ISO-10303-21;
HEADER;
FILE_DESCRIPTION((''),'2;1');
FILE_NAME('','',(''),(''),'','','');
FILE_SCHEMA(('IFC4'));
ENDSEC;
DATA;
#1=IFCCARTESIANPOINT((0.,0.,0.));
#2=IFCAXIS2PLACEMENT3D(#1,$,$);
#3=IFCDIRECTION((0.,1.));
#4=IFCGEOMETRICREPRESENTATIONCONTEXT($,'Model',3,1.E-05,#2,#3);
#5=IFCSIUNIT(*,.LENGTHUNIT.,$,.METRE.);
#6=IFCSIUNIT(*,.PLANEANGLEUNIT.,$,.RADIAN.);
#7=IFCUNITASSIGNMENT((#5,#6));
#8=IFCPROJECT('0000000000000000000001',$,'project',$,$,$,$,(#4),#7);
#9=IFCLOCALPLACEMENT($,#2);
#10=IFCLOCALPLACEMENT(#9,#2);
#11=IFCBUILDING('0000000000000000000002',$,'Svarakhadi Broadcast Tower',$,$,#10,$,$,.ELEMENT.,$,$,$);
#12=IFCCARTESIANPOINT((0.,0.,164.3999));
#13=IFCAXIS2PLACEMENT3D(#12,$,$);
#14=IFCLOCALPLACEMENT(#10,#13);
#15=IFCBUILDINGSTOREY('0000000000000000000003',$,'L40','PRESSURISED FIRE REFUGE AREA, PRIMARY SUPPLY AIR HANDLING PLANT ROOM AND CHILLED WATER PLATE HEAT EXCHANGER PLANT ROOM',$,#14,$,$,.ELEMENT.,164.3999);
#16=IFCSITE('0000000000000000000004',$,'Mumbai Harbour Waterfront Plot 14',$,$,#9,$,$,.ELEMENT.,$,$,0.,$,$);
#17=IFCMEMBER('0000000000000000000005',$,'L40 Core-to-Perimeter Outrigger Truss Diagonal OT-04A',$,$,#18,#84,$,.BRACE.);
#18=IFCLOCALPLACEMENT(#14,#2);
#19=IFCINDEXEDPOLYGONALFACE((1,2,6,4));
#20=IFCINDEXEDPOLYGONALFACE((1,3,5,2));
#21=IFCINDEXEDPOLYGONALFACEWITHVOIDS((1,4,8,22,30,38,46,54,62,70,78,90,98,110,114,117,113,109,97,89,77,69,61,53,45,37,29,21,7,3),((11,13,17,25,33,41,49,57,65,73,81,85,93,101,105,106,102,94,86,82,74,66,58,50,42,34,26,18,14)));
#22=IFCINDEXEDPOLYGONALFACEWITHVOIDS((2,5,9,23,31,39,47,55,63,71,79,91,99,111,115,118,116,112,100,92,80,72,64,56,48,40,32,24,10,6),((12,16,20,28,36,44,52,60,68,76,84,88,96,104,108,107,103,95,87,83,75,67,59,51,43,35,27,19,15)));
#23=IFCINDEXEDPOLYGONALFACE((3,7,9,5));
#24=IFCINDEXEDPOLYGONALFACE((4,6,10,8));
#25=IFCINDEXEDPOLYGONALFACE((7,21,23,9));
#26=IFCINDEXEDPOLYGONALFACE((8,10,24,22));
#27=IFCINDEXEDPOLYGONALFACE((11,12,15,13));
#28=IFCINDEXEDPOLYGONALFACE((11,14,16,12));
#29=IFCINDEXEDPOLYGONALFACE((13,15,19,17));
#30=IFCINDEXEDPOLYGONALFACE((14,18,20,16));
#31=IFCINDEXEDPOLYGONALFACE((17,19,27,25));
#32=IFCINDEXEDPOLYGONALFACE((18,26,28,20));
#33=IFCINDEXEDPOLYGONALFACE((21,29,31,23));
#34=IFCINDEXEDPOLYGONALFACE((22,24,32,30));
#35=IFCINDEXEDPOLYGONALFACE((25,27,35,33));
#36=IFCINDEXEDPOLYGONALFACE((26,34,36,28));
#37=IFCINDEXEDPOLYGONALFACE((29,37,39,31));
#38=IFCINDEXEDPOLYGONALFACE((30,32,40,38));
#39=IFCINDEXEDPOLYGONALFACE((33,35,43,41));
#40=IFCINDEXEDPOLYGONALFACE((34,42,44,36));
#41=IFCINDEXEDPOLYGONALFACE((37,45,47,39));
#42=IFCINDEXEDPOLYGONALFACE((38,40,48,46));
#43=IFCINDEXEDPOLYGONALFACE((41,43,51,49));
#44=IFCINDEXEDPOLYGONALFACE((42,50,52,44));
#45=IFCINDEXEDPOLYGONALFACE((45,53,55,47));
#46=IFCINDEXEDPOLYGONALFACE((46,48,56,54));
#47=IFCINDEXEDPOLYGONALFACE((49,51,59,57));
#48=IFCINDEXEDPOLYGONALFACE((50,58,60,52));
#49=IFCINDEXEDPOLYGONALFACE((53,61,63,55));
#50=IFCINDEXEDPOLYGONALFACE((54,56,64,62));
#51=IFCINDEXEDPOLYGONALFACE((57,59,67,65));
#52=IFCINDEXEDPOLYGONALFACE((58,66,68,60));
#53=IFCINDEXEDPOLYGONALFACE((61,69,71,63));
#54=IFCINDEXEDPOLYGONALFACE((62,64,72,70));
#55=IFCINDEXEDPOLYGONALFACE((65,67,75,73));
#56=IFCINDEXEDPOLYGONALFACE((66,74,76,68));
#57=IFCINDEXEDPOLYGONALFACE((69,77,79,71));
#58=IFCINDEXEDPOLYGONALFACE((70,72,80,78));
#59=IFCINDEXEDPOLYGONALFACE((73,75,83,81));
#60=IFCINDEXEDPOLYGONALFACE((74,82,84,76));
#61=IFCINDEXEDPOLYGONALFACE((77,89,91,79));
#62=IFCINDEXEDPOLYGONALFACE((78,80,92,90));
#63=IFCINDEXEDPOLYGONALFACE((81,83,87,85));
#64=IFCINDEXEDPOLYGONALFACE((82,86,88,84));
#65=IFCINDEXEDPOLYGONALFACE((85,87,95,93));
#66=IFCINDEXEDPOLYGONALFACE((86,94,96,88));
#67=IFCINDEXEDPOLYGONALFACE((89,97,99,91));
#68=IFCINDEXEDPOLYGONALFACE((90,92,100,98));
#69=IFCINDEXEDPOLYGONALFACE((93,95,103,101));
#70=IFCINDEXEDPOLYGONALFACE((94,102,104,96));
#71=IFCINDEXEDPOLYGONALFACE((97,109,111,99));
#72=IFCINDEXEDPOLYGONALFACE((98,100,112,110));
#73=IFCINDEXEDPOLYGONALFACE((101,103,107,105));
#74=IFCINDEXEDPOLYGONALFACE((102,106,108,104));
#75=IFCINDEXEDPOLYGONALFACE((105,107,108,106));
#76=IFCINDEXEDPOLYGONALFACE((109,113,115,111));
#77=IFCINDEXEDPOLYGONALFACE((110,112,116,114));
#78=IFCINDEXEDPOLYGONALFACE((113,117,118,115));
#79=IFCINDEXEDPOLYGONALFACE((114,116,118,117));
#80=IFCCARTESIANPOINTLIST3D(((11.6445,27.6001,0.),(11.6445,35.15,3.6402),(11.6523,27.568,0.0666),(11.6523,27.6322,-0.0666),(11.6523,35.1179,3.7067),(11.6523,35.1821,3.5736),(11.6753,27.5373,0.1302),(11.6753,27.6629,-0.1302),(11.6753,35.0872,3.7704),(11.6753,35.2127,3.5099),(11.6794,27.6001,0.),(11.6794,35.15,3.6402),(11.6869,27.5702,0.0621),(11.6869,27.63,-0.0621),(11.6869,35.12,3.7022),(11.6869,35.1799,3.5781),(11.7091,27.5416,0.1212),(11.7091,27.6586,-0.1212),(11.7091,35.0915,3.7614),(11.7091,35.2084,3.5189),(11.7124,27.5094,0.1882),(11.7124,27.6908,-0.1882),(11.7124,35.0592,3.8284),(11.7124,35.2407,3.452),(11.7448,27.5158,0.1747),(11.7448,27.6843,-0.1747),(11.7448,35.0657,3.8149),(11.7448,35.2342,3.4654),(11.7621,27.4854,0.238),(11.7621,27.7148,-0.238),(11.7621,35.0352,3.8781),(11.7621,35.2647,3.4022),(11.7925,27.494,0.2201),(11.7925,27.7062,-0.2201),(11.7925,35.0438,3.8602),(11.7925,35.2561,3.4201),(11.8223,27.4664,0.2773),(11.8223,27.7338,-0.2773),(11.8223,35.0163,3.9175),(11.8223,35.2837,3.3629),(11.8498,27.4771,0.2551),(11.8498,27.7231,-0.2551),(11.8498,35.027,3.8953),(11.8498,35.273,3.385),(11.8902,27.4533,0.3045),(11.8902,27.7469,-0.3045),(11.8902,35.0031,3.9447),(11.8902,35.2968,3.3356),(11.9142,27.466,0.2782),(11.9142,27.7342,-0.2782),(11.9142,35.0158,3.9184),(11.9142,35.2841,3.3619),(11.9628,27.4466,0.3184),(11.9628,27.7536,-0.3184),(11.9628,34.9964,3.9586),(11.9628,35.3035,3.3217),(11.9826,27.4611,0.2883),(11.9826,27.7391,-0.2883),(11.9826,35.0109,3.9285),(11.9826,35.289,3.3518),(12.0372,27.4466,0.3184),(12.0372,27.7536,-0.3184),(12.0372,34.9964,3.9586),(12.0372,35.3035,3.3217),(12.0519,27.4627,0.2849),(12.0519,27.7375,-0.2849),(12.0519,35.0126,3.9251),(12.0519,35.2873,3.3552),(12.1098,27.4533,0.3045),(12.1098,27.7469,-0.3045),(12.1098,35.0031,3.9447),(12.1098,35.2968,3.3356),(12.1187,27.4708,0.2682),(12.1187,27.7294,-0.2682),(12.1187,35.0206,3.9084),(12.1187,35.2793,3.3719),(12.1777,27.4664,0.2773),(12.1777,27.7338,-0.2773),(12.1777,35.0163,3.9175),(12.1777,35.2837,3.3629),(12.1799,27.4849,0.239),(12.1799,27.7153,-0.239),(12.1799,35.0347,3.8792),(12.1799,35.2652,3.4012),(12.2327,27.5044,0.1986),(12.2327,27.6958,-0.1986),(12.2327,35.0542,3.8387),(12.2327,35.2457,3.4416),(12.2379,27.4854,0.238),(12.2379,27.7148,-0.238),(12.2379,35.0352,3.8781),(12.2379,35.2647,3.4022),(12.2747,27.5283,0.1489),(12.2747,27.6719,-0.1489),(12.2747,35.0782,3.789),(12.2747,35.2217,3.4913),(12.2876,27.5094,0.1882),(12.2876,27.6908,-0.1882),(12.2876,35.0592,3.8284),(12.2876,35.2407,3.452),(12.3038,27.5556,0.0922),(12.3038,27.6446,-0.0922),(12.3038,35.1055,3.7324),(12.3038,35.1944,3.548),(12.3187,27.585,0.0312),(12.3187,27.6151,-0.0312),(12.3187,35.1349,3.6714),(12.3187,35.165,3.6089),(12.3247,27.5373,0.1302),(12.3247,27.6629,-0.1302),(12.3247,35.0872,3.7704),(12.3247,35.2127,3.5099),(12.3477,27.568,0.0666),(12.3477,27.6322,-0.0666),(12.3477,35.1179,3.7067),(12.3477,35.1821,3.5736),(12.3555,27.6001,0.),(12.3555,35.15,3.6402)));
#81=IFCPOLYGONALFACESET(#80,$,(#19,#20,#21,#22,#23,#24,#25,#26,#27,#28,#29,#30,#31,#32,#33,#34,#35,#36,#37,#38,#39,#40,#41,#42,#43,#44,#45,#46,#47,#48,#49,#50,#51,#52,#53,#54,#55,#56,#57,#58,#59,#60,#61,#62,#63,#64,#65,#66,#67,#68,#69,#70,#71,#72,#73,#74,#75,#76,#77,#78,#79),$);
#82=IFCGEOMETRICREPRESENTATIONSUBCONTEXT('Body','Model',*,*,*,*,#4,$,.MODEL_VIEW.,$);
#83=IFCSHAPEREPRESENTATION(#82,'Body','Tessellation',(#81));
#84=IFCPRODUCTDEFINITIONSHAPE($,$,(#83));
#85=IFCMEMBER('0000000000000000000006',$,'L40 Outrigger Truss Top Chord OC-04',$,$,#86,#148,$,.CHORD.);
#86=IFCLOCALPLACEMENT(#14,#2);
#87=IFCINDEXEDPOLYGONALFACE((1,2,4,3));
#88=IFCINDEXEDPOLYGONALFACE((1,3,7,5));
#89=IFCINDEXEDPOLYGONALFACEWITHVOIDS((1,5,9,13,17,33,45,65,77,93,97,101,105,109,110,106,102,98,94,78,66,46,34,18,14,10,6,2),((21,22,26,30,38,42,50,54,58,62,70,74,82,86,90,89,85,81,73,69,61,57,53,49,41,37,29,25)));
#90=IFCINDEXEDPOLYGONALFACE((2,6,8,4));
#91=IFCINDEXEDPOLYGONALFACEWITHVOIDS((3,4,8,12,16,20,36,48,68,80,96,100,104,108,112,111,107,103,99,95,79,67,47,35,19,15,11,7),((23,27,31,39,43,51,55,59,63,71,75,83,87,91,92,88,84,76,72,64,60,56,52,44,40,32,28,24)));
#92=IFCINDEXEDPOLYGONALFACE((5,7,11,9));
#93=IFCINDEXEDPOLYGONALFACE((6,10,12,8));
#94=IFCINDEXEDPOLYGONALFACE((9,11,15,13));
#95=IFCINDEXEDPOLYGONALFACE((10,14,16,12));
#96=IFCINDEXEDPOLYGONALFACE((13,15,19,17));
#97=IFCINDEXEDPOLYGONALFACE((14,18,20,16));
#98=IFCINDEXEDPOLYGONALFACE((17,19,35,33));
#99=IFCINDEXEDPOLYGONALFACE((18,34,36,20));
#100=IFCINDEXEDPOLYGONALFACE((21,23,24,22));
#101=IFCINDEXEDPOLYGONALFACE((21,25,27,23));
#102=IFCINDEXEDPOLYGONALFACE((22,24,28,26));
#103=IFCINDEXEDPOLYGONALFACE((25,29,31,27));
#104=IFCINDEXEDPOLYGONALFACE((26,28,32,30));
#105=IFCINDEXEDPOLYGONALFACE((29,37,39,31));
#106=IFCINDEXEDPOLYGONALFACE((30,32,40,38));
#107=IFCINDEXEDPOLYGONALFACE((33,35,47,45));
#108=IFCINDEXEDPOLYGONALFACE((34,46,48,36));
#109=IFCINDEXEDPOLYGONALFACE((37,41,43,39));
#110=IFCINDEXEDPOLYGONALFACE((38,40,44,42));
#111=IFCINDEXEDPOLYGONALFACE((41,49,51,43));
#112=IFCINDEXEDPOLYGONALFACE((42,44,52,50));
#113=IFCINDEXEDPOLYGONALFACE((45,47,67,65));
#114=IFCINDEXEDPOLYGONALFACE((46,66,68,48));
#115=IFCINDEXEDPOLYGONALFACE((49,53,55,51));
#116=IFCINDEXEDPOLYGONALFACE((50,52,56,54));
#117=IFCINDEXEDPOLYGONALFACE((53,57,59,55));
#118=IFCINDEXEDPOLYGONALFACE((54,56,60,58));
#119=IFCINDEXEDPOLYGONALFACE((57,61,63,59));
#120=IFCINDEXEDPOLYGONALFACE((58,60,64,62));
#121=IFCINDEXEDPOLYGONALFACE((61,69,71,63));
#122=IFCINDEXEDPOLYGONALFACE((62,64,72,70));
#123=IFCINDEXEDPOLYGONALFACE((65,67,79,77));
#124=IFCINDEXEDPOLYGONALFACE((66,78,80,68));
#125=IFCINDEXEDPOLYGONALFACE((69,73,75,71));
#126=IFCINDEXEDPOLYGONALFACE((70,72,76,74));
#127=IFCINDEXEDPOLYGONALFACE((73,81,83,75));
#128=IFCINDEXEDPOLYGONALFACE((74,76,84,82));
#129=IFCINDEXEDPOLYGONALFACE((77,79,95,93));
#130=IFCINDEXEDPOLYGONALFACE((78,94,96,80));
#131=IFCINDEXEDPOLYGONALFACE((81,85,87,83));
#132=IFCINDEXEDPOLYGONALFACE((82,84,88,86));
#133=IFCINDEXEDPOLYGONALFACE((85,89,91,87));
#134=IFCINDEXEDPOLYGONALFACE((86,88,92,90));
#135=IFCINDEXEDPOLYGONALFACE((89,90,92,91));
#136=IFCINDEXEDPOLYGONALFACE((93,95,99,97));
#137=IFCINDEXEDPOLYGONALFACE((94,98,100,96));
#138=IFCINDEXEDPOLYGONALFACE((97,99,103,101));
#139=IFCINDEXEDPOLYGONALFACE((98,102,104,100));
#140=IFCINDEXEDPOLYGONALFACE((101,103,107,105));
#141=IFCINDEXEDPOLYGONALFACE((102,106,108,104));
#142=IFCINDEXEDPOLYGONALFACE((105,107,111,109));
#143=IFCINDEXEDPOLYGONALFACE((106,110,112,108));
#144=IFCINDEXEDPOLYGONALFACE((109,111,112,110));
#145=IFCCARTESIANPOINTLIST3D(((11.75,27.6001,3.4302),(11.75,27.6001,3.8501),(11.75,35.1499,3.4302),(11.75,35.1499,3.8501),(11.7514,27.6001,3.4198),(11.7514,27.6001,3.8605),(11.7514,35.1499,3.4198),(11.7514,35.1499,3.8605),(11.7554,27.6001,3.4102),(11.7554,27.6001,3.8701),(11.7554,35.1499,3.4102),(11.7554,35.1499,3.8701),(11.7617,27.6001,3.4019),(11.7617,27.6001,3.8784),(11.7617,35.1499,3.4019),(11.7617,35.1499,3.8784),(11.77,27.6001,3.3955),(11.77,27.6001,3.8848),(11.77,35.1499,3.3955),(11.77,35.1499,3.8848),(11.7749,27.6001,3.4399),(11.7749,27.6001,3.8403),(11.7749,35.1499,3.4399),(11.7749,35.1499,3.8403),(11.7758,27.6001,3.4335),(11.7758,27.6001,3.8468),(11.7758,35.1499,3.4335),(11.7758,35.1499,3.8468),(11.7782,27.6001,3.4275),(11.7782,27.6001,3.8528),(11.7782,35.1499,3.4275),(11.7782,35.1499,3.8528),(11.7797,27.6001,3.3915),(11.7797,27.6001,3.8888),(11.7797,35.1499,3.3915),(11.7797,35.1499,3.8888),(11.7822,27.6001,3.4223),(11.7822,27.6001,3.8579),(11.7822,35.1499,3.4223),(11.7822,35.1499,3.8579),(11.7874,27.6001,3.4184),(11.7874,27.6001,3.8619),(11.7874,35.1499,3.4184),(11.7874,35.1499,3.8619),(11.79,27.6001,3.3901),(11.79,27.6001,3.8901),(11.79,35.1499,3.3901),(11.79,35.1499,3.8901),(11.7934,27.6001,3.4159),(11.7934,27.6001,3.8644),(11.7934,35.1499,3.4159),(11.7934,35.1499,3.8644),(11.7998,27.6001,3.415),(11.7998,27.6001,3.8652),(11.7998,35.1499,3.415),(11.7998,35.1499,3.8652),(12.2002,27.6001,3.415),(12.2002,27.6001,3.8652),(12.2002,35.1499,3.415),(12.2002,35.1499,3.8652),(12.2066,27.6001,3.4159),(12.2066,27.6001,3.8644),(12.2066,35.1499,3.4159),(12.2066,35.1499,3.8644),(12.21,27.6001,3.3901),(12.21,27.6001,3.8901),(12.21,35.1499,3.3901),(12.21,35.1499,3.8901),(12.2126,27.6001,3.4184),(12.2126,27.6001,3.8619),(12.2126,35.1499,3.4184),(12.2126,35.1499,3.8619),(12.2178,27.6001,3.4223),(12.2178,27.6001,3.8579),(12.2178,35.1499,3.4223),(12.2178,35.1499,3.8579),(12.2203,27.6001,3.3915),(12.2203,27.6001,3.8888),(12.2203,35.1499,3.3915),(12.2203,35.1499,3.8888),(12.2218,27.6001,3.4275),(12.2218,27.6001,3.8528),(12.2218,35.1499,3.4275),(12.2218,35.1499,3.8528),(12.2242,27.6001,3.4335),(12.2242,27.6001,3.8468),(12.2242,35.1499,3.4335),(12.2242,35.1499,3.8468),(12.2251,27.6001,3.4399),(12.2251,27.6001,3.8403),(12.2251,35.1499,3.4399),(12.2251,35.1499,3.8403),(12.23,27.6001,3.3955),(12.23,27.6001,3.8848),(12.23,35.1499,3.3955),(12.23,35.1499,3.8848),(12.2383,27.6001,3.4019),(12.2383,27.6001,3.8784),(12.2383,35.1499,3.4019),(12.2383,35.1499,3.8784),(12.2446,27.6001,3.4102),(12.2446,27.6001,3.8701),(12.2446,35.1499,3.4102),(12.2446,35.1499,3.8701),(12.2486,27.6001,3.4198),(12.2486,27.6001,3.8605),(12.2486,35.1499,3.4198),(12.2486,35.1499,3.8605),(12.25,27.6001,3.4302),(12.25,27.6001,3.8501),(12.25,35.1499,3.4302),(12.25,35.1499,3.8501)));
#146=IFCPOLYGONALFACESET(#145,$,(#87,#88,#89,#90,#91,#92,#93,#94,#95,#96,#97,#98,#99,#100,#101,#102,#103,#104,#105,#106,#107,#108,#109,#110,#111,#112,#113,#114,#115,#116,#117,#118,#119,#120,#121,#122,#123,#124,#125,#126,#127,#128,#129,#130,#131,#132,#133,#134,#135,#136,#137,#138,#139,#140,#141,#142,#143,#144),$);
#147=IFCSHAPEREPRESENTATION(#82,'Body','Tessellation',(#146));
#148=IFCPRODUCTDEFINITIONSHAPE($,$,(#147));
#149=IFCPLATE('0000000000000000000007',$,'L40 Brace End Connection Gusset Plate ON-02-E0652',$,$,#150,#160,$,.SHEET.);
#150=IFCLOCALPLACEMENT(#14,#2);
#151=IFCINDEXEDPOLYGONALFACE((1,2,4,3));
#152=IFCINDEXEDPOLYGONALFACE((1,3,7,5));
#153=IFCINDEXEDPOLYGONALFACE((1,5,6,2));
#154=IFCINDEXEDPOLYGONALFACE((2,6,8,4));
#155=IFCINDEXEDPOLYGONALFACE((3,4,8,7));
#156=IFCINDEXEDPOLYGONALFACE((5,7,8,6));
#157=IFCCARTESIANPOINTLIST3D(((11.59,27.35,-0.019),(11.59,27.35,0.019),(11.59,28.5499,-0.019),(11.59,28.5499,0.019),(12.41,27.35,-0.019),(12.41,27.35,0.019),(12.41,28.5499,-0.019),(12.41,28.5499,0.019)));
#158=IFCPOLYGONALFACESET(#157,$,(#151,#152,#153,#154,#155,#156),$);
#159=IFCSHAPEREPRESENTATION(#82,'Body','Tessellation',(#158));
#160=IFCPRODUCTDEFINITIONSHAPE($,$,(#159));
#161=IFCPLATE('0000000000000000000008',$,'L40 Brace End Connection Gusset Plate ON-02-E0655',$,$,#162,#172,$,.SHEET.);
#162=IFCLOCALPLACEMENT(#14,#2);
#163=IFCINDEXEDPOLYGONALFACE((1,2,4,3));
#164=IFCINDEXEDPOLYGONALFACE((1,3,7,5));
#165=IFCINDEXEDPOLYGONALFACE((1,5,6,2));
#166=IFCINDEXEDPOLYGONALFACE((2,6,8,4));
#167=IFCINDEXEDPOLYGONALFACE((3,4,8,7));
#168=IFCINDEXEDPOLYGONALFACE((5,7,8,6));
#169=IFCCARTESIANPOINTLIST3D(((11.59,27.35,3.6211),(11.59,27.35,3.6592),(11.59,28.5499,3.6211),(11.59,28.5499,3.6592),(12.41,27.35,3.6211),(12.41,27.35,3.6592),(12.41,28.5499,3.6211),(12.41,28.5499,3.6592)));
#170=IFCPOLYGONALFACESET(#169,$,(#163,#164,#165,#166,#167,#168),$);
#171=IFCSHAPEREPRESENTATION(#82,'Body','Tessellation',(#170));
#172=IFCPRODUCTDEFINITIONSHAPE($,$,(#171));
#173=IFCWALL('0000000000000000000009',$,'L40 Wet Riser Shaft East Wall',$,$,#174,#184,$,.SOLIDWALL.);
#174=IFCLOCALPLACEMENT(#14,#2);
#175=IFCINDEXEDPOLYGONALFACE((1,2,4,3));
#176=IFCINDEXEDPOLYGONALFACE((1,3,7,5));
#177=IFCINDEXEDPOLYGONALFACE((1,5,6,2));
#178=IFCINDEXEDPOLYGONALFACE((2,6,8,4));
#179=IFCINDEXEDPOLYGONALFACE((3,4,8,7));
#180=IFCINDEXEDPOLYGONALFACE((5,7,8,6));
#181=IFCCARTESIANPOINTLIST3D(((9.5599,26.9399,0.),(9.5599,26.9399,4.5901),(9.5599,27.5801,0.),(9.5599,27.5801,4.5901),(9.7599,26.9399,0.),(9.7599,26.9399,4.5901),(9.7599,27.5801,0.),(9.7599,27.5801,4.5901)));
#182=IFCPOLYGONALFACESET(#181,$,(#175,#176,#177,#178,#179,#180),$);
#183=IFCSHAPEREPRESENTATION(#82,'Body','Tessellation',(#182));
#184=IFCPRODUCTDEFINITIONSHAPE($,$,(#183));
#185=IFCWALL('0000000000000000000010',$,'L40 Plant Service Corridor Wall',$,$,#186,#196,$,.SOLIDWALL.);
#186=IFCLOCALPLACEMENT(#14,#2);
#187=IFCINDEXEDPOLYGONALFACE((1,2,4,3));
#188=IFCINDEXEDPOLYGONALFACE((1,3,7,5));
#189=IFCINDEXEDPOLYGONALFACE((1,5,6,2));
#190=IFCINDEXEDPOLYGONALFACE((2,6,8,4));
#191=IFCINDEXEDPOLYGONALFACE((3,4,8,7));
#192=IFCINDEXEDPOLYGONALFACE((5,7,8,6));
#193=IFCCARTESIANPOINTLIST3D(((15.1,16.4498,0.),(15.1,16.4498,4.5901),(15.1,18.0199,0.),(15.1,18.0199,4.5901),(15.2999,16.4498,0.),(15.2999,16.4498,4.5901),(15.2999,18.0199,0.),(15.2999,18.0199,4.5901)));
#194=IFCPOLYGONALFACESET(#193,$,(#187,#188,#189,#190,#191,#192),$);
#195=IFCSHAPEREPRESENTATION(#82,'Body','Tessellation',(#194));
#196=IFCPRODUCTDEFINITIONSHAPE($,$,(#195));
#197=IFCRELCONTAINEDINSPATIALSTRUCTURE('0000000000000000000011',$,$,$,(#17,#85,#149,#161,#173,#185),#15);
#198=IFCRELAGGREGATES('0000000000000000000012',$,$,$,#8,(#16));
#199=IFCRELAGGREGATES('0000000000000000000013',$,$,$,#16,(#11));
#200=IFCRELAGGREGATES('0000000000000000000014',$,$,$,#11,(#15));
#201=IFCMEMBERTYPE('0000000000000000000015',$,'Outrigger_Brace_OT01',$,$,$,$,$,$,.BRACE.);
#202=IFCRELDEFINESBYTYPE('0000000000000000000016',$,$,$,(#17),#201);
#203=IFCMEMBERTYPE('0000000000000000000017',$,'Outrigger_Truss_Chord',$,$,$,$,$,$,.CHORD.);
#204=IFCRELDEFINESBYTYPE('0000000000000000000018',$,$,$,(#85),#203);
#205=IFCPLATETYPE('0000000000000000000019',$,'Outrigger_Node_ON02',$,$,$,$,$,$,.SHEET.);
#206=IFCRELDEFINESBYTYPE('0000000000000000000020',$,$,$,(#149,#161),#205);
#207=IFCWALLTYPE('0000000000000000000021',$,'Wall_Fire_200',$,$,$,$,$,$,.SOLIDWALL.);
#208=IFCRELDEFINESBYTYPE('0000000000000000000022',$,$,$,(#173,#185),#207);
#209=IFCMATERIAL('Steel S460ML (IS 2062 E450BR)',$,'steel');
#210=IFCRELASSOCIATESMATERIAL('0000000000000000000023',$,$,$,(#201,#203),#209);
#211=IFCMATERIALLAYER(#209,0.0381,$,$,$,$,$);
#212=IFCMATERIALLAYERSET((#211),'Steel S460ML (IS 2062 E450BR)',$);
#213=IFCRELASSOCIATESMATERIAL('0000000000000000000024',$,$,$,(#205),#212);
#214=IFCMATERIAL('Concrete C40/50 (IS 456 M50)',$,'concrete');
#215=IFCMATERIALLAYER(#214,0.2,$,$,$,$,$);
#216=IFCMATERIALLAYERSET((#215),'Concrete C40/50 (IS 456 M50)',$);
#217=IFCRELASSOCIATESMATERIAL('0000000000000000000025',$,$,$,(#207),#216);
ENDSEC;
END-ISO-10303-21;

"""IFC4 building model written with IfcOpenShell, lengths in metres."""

from ifc_helpers import new_model, si_unit, direction, frame, frame_2d, origin, origin_2d, place, context, subcontext, project, spatial, rectangle, hollow_rectangle, hollow_circle, extrude, material, layer, layer_set, material_profile, profile_set, type_object, element, save


model = new_model("IFC4")

# Units and contexts
model_context = context("Model", 3, precision=1e-05, world=origin(), true_north=direction((0.0, 1.0)))
body_context = subcontext(model_context, "Body", "Model", "MODEL_VIEW")
ifc_project = project(units=[si_unit("LENGTHUNIT", "METRE"), si_unit("PLANEANGLEUNIT", "RADIAN")], contexts=[model_context])

# Site, building, storey
site_placement = place(None, origin())
site = spatial("IfcSite", under=ifc_project, at=site_placement, Name="Mumbai Harbour Waterfront Plot 14", CompositionType="ELEMENT", RefElevation=0.0)
building_placement = place(site_placement, origin())
building = spatial("IfcBuilding", under=site, at=building_placement, Name="Svarakhadi Broadcast Tower", CompositionType="ELEMENT")
storey_placement = place(building_placement, frame((0.0, 0.0, 164.3999)))
storey = spatial("IfcBuildingStorey", under=building, at=storey_placement, Name="L40", Description="PRESSURISED FIRE REFUGE AREA, PRIMARY SUPPLY AIR HANDLING PLANT ROOM AND CHILLED WATER PLATE HEAT EXCHANGER PLANT ROOM", CompositionType="ELEMENT", Elevation=164.3999)

# Members
ifc_material_1 = material(Name="Steel S460ML (IS 2062 E450BR)", Category="steel")
ifc_material_profile_1 = material_profile(ifc_material_1, hollow_circle(Radius=0.3555, WallThickness=0.0349, at=origin_2d()), Name="CHS 711x35")
ifc_profile_set_1 = profile_set([ifc_material_profile_1], Name="Steel S460ML (IS 2062 E450BR)")
member_type_1 = type_object("IfcMemberType", Name="Outrigger_Brace_OT01", PredefinedType="BRACE", material=ifc_profile_set_1)
member_1_placement = place(storey_placement, frame((12.0, 27.6001, 0.0), z_axis=(0.0, 0.900766, 0.434304), x_axis=(-1.0, 0.0, 0.0)))
element("IfcMember", 1, at=member_1_placement, inside=storey, type_object=member_type_1, Name="L40 Core-to-Perimeter Outrigger Truss Diagonal OT-04A", PredefinedType="BRACE", context=body_context, shape_type="SweptSolid", body=[
    extrude(hollow_circle(Radius=0.3555, WallThickness=0.0349, at=origin_2d()), origin(), (0.0, 0.0, 1.0), 8.3816),
])
ifc_material_profile_2 = material_profile(ifc_material_1, hollow_rectangle(XDim=0.5, YDim=0.5, WallThickness=0.0249, InnerFilletRadius=0.0249, OuterFilletRadius=0.04, at=origin_2d()), Name="SHS 500x500x25")
ifc_profile_set_2 = profile_set([ifc_material_profile_2], Name="Steel S460ML (IS 2062 E450BR)")
member_type_2 = type_object("IfcMemberType", Name="Outrigger_Truss_Chord", PredefinedType="CHORD", material=ifc_profile_set_2)
member_2_placement = place(storey_placement, frame((12.0, 27.6001, 3.6401), z_axis=(0.0, 1.0, 0.0), x_axis=(-1.0, 0.0, 0.0)))
element("IfcMember", 2, at=member_2_placement, inside=storey, type_object=member_type_2, Name="L40 Outrigger Truss Top Chord OC-04", PredefinedType="CHORD", context=body_context, shape_type="SweptSolid", body=[
    extrude(hollow_rectangle(XDim=0.5, YDim=0.5, WallThickness=0.0249, InnerFilletRadius=0.0249, OuterFilletRadius=0.04, at=origin_2d()), origin(), (0.0, 0.0, 1.0), 7.5498),
])

# Plates
ifc_layer_1 = layer(ifc_material_1, 0.0381)
ifc_layer_set_1 = layer_set([ifc_layer_1], Name="Steel S460ML (IS 2062 E450BR)")
plate_type = type_object("IfcPlateType", Name="Outrigger_Node_ON02", PredefinedType="SHEET", material=ifc_layer_set_1)
for number, where, z_axis, x_axis, name in (
    (3, (12.0, 27.95, -0.019), (0.0, 0.0, 1.0), (0.0, 1.0, 0.0), "L40 Brace End Connection Gusset Plate ON-02-E0652"),
    (4, (12.0, 27.95, 3.6211), (0.0, 0.0, 1.0), (0.0, 1.0, 0.0), "L40 Brace End Connection Gusset Plate ON-02-E0655"),
):
    element("IfcPlate", number, at=place(storey_placement, frame(where, z_axis=z_axis, x_axis=x_axis)), inside=storey, type_object=plate_type, Name=name, PredefinedType="SHEET", context=body_context, shape_type="SweptSolid", body=[
        extrude(rectangle(XDim=1.2, YDim=0.8201, at=origin_2d()), origin(), (0.0, 0.0, 1.0), 0.0381),
    ])

# Walls
ifc_material_2 = material(Name="Concrete C40/50 (IS 456 M50)", Category="concrete")
ifc_layer_2 = layer(ifc_material_2, 0.2)
ifc_layer_set_2 = layer_set([ifc_layer_2], Name="Concrete C40/50 (IS 456 M50)")
wall_type_1 = type_object("IfcWallType", Name="Wall_Fire_200", PredefinedType="SOLIDWALL", material=ifc_layer_set_2)
wall_1_placement = place(storey_placement, frame((9.6599, 26.9399, 0.0), z_axis=(0.0, 0.0, 1.0), x_axis=(0.0, 1.0, 0.0)))
element("IfcWall", 5, at=wall_1_placement, inside=storey, type_object=wall_type_1, Name="L40 Wet Riser Shaft East Wall", PredefinedType="SOLIDWALL", context=body_context, shape_type="SweptSolid", body=[
    extrude(rectangle(XDim=0.6401, YDim=0.2, at=frame_2d((0.3201, 0.0))), origin(), (0.0, 0.0, 1.0), 4.5901),
])
wall_2_placement = place(storey_placement, frame((15.2, 18.02, 0.0), z_axis=(0.0, 0.0, 1.0), x_axis=(0.0, -1.0, 0.0)))
element("IfcWall", 6, at=wall_2_placement, inside=storey, type_object=wall_type_1, Name="L40 Plant Service Corridor Wall", PredefinedType="SOLIDWALL", context=body_context, shape_type="SweptSolid", body=[
    extrude(rectangle(XDim=1.5701, YDim=0.2, at=frame_2d((0.7852, 0.0))), origin(), (0.0, 0.0, 1.0), 4.5901),
])

save(model, "model.ifc")
